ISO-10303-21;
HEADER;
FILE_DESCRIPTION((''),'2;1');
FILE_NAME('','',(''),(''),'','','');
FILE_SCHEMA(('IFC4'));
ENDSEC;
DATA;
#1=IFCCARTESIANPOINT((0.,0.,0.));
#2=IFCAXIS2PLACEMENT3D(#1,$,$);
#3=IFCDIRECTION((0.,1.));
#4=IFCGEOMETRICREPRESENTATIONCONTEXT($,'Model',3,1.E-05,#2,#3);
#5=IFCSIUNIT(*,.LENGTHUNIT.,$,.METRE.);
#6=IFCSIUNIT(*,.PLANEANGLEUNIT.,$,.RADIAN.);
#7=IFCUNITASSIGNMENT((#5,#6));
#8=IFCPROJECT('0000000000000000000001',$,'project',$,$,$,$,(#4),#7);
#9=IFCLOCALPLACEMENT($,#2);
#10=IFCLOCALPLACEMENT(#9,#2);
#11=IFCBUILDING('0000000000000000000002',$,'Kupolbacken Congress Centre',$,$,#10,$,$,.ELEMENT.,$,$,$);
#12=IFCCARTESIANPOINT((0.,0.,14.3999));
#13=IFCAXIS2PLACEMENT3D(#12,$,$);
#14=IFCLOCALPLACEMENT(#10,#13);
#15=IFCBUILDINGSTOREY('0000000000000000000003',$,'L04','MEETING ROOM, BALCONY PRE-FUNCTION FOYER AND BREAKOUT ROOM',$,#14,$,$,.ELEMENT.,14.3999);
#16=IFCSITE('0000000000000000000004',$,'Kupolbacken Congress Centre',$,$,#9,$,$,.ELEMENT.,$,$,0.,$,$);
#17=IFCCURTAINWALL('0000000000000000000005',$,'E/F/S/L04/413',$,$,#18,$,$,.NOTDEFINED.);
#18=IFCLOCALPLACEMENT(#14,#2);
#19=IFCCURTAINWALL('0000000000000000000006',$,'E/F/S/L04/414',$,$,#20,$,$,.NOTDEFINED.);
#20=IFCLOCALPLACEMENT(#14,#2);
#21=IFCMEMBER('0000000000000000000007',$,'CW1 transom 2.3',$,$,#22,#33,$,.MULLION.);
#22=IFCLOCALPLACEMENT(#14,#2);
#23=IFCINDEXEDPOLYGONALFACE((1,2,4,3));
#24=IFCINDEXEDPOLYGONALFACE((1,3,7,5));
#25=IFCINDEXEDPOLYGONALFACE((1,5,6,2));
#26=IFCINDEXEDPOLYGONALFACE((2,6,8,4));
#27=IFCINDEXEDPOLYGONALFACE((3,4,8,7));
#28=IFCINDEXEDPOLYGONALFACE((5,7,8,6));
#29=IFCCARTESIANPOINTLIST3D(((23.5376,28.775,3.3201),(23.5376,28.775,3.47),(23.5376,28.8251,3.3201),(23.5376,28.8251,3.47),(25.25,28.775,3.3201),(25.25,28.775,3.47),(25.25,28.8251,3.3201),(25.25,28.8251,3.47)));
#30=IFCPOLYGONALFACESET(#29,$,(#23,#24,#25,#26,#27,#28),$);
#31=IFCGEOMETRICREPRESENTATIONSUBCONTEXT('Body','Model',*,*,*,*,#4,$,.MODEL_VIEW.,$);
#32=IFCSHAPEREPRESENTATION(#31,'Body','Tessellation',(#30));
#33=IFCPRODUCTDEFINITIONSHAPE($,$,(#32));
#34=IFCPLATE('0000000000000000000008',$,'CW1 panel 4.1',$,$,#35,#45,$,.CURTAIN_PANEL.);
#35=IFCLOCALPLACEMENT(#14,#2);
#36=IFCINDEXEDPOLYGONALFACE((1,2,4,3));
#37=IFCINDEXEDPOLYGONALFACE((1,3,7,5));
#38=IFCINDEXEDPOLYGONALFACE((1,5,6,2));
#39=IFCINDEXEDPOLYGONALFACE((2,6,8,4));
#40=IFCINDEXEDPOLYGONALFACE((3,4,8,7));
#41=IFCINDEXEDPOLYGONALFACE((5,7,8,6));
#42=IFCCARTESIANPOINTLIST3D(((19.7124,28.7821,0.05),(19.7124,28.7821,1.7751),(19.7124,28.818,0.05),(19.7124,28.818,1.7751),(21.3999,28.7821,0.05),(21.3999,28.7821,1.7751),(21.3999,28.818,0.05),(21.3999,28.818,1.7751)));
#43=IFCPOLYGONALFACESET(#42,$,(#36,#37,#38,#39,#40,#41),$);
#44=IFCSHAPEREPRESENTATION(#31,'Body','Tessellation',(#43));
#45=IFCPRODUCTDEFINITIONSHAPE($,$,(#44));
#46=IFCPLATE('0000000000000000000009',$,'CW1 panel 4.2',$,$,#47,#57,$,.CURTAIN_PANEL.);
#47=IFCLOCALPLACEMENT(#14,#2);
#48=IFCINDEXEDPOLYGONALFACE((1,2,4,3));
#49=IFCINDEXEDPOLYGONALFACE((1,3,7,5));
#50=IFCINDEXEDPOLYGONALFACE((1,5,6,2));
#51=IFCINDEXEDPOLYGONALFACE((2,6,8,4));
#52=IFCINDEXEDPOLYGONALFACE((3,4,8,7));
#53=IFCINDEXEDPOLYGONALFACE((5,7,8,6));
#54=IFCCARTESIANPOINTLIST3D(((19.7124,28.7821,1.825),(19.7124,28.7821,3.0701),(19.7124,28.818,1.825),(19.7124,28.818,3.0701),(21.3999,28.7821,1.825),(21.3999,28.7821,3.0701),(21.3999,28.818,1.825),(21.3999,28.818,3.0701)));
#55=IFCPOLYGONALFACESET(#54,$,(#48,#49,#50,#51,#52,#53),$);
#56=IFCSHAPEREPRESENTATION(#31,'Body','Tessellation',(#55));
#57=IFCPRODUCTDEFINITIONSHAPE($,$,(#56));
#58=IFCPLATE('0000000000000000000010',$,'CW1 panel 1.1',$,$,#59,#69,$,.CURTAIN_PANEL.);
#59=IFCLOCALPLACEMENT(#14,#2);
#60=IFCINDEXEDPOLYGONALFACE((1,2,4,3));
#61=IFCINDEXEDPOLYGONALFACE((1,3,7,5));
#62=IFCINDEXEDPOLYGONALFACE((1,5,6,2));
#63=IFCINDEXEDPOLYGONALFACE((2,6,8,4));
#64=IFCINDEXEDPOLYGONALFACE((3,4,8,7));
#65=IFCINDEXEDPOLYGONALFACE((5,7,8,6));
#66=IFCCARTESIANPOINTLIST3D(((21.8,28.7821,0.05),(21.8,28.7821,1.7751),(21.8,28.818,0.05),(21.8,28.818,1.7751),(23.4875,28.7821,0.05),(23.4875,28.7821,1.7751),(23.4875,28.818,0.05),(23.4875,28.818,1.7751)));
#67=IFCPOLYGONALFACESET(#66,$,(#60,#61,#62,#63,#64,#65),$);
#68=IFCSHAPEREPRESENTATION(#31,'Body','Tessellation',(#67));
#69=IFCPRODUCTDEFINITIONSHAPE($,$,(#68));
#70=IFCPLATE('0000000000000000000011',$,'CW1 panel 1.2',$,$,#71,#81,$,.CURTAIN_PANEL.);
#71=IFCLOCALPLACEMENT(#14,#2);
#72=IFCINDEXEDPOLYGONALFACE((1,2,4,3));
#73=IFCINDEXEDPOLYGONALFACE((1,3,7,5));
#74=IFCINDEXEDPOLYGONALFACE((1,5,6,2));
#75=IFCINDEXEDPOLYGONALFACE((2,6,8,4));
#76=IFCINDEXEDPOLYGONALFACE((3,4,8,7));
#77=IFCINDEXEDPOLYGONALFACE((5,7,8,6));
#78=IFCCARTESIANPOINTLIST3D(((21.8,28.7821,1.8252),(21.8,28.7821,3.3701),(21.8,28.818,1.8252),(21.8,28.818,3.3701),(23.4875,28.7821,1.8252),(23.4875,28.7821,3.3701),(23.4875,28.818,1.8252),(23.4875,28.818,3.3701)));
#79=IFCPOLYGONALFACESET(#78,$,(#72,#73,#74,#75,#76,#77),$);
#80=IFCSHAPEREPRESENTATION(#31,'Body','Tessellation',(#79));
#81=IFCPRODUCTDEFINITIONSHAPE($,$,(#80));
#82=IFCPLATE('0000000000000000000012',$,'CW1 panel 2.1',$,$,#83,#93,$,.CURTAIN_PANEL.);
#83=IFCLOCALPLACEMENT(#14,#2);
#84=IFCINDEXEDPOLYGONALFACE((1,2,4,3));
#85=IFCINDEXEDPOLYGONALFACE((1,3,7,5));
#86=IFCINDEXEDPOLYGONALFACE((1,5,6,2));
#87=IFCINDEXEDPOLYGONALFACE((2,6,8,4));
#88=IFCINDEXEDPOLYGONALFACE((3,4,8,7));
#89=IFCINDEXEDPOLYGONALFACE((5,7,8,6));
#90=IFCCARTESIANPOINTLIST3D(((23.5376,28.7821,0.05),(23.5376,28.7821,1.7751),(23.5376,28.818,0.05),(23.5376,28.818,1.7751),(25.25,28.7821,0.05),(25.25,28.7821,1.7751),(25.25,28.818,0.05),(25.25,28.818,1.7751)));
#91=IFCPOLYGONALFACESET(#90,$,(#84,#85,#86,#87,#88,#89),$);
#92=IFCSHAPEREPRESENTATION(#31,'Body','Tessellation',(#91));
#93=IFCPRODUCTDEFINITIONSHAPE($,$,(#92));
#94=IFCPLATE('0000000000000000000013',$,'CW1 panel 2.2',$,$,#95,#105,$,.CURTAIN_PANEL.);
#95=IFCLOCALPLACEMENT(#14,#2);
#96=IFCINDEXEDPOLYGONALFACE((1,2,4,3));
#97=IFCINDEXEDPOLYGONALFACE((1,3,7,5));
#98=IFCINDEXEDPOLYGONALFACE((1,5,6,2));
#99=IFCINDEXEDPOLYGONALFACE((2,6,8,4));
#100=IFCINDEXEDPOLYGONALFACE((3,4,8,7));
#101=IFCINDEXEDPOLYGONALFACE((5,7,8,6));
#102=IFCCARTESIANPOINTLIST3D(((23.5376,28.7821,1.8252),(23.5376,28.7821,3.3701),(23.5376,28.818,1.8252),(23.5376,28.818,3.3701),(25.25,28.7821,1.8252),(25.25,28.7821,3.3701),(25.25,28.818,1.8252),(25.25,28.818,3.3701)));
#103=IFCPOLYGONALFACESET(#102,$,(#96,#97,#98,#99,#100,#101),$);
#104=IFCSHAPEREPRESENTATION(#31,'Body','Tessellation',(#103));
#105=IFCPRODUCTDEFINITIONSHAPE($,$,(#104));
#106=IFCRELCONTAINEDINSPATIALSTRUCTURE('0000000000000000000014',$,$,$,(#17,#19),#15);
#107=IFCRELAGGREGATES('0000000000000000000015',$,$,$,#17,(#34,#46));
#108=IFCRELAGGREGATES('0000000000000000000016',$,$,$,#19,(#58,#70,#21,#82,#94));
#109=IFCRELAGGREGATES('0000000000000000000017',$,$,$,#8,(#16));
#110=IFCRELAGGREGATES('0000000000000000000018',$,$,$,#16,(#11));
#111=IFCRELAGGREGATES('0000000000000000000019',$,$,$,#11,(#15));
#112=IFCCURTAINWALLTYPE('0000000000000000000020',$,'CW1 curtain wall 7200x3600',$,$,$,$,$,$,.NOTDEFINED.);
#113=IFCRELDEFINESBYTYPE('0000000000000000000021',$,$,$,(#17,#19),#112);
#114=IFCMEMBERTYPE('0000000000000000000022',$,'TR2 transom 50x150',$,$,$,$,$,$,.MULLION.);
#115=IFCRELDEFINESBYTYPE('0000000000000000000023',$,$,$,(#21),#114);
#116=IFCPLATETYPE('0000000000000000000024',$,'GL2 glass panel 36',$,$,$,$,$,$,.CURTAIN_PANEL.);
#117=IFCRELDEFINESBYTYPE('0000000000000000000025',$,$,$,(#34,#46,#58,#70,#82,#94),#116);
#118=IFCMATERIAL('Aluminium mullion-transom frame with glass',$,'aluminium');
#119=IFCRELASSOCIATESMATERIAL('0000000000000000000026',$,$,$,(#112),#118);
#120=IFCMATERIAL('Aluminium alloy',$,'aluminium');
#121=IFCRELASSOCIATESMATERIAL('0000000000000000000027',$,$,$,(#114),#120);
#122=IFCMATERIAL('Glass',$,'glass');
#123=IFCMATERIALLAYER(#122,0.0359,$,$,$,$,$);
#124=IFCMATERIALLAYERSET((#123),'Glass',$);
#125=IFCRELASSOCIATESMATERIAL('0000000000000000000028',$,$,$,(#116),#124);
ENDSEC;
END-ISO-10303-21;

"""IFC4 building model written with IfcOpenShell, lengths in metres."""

from ifc_helpers import new_model, si_unit, direction, frame, origin, origin_2d, place, context, subcontext, project, spatial, rectangle, extrude, material, layer, layer_set, material_profile, profile_set, type_object, element, aggregate, save


model = new_model("IFC4")

# Units and contexts
model_context = context("Model", 3, precision=1e-05, world=origin(), true_north=direction((0.0, 1.0)))
body_context = subcontext(model_context, "Body", "Model", "MODEL_VIEW")
ifc_project = project(units=[si_unit("LENGTHUNIT", "METRE"), si_unit("PLANEANGLEUNIT", "RADIAN")], contexts=[model_context])

# Site, building, storey
site_placement = place(None, origin())
site = spatial("IfcSite", under=ifc_project, at=site_placement, Name="Kupolbacken Congress Centre", CompositionType="ELEMENT", RefElevation=0.0)
building_placement = place(site_placement, origin())
building = spatial("IfcBuilding", under=site, at=building_placement, Name="Kupolbacken Congress Centre", CompositionType="ELEMENT")
storey_placement = place(building_placement, frame((0.0, 0.0, 14.3999)))
storey = spatial("IfcBuildingStorey", under=building, at=storey_placement, Name="L04", Description="MEETING ROOM, BALCONY PRE-FUNCTION FOYER AND BREAKOUT ROOM", CompositionType="ELEMENT", Elevation=14.3999)

# Curtain wall
ifc_material_1 = material(Name="Aluminium mullion-transom frame with glass", Category="aluminium")
curtain_wall_type = type_object("IfcCurtainWallType", Name="CW1 curtain wall 7200x3600", PredefinedType="NOTDEFINED", material=ifc_material_1)
curtain_wall_1_placement = place(storey_placement, origin())
curtain_wall_1 = element("IfcCurtainWall", 1, at=curtain_wall_1_placement, inside=storey, type_object=curtain_wall_type, Name="E/F/S/L04/413", PredefinedType="NOTDEFINED")

# Curtain wall
curtain_wall_2_placement = place(storey_placement, origin())
curtain_wall_2 = element("IfcCurtainWall", 2, at=curtain_wall_2_placement, inside=storey, type_object=curtain_wall_type, Name="E/F/S/L04/414", PredefinedType="NOTDEFINED")

# Member
ifc_material_2 = material(Name="Aluminium alloy", Category="aluminium")
ifc_material_profile_1 = material_profile(ifc_material_2, rectangle(XDim=0.05, YDim=0.1499, at=origin_2d()), Name="50 x 150")
ifc_profile_set_1 = profile_set([ifc_material_profile_1], Name="Aluminium alloy")
member_type_1 = type_object("IfcMemberType", Name="TR2 transom 50x150", PredefinedType="MULLION", material=ifc_profile_set_1)
member_1_placement = place(storey_placement, frame((23.5376, 28.8, 3.395), z_axis=(1.0, 0.0, 0.0), x_axis=(0.0, 1.0, 0.0)))
member_1 = element("IfcMember", 3, at=member_1_placement, type_object=member_type_1, Name="CW1 transom 2.3", PredefinedType="MULLION", context=body_context, shape_type="SweptSolid", body=[
    extrude(rectangle(XDim=0.05, YDim=0.1499, at=origin_2d()), origin(), (0.0, 0.0, 1.0), 1.7124),
])

# Plates
ifc_material_3 = material(Name="Glass", Category="glass")
ifc_layer = layer(ifc_material_3, 0.0359)
ifc_layer_set = layer_set([ifc_layer], Name="Glass")
plate_type = type_object("IfcPlateType", Name="GL2 glass panel 36", PredefinedType="CURTAIN_PANEL", material=ifc_layer_set)
plate_1_placement = place(storey_placement, frame((20.5562, 28.8, 0.05), z_axis=(0.0, 0.0, 1.0), x_axis=(1.0, 0.0, 0.0)))
plate_1 = element("IfcPlate", 4, at=plate_1_placement, type_object=plate_type, Name="CW1 panel 4.1", PredefinedType="CURTAIN_PANEL", context=body_context, shape_type="SweptSolid", body=[
    extrude(rectangle(XDim=1.6875, YDim=0.0359, at=origin_2d()), origin(), (0.0, 0.0, 1.0), 1.7251),
])
plate_2_placement = place(storey_placement, frame((20.5562, 28.8, 1.825), z_axis=(0.0, 0.0, 1.0), x_axis=(1.0, 0.0, 0.0)))
plate_2 = element("IfcPlate", 5, at=plate_2_placement, type_object=plate_type, Name="CW1 panel 4.2", PredefinedType="CURTAIN_PANEL", context=body_context, shape_type="SweptSolid", body=[
    extrude(rectangle(XDim=1.6875, YDim=0.0359, at=origin_2d()), origin(), (0.0, 0.0, 1.0), 1.2451),
])
aggregate(curtain_wall_1, [plate_1, plate_2])
plate_3_placement = place(storey_placement, frame((22.6438, 28.8, 0.05), z_axis=(0.0, 0.0, 1.0), x_axis=(1.0, 0.0, 0.0)))
plate_3 = element("IfcPlate", 6, at=plate_3_placement, type_object=plate_type, Name="CW1 panel 1.1", PredefinedType="CURTAIN_PANEL", context=body_context, shape_type="SweptSolid", body=[
    extrude(rectangle(XDim=1.6875, YDim=0.0359, at=origin_2d()), origin(), (0.0, 0.0, 1.0), 1.7251),
])
plate_4_placement = place(storey_placement, frame((22.6438, 28.8, 1.8252), z_axis=(0.0, 0.0, 1.0), x_axis=(1.0, 0.0, 0.0)))
plate_4 = element("IfcPlate", 7, at=plate_4_placement, type_object=plate_type, Name="CW1 panel 1.2", PredefinedType="CURTAIN_PANEL", context=body_context, shape_type="SweptSolid", body=[
    extrude(rectangle(XDim=1.6875, YDim=0.0359, at=origin_2d()), origin(), (0.0, 0.0, 1.0), 1.5449),
])
plate_5_placement = place(storey_placement, frame((24.3938, 28.8, 0.05), z_axis=(0.0, 0.0, 1.0), x_axis=(1.0, 0.0, 0.0)))
plate_5 = element("IfcPlate", 8, at=plate_5_placement, type_object=plate_type, Name="CW1 panel 2.1", PredefinedType="CURTAIN_PANEL", context=body_context, shape_type="SweptSolid", body=[
    extrude(rectangle(XDim=1.7124, YDim=0.0359, at=origin_2d()), origin(), (0.0, 0.0, 1.0), 1.7251),
])
plate_6_placement = place(storey_placement, frame((24.3938, 28.8, 1.8252), z_axis=(0.0, 0.0, 1.0), x_axis=(1.0, 0.0, 0.0)))
plate_6 = element("IfcPlate", 9, at=plate_6_placement, type_object=plate_type, Name="CW1 panel 2.2", PredefinedType="CURTAIN_PANEL", context=body_context, shape_type="SweptSolid", body=[
    extrude(rectangle(XDim=1.7124, YDim=0.0359, at=origin_2d()), origin(), (0.0, 0.0, 1.0), 1.5449),
])
aggregate(curtain_wall_2, [plate_3, plate_4, member_1, plate_5, plate_6])

save(model, "model.ifc")
